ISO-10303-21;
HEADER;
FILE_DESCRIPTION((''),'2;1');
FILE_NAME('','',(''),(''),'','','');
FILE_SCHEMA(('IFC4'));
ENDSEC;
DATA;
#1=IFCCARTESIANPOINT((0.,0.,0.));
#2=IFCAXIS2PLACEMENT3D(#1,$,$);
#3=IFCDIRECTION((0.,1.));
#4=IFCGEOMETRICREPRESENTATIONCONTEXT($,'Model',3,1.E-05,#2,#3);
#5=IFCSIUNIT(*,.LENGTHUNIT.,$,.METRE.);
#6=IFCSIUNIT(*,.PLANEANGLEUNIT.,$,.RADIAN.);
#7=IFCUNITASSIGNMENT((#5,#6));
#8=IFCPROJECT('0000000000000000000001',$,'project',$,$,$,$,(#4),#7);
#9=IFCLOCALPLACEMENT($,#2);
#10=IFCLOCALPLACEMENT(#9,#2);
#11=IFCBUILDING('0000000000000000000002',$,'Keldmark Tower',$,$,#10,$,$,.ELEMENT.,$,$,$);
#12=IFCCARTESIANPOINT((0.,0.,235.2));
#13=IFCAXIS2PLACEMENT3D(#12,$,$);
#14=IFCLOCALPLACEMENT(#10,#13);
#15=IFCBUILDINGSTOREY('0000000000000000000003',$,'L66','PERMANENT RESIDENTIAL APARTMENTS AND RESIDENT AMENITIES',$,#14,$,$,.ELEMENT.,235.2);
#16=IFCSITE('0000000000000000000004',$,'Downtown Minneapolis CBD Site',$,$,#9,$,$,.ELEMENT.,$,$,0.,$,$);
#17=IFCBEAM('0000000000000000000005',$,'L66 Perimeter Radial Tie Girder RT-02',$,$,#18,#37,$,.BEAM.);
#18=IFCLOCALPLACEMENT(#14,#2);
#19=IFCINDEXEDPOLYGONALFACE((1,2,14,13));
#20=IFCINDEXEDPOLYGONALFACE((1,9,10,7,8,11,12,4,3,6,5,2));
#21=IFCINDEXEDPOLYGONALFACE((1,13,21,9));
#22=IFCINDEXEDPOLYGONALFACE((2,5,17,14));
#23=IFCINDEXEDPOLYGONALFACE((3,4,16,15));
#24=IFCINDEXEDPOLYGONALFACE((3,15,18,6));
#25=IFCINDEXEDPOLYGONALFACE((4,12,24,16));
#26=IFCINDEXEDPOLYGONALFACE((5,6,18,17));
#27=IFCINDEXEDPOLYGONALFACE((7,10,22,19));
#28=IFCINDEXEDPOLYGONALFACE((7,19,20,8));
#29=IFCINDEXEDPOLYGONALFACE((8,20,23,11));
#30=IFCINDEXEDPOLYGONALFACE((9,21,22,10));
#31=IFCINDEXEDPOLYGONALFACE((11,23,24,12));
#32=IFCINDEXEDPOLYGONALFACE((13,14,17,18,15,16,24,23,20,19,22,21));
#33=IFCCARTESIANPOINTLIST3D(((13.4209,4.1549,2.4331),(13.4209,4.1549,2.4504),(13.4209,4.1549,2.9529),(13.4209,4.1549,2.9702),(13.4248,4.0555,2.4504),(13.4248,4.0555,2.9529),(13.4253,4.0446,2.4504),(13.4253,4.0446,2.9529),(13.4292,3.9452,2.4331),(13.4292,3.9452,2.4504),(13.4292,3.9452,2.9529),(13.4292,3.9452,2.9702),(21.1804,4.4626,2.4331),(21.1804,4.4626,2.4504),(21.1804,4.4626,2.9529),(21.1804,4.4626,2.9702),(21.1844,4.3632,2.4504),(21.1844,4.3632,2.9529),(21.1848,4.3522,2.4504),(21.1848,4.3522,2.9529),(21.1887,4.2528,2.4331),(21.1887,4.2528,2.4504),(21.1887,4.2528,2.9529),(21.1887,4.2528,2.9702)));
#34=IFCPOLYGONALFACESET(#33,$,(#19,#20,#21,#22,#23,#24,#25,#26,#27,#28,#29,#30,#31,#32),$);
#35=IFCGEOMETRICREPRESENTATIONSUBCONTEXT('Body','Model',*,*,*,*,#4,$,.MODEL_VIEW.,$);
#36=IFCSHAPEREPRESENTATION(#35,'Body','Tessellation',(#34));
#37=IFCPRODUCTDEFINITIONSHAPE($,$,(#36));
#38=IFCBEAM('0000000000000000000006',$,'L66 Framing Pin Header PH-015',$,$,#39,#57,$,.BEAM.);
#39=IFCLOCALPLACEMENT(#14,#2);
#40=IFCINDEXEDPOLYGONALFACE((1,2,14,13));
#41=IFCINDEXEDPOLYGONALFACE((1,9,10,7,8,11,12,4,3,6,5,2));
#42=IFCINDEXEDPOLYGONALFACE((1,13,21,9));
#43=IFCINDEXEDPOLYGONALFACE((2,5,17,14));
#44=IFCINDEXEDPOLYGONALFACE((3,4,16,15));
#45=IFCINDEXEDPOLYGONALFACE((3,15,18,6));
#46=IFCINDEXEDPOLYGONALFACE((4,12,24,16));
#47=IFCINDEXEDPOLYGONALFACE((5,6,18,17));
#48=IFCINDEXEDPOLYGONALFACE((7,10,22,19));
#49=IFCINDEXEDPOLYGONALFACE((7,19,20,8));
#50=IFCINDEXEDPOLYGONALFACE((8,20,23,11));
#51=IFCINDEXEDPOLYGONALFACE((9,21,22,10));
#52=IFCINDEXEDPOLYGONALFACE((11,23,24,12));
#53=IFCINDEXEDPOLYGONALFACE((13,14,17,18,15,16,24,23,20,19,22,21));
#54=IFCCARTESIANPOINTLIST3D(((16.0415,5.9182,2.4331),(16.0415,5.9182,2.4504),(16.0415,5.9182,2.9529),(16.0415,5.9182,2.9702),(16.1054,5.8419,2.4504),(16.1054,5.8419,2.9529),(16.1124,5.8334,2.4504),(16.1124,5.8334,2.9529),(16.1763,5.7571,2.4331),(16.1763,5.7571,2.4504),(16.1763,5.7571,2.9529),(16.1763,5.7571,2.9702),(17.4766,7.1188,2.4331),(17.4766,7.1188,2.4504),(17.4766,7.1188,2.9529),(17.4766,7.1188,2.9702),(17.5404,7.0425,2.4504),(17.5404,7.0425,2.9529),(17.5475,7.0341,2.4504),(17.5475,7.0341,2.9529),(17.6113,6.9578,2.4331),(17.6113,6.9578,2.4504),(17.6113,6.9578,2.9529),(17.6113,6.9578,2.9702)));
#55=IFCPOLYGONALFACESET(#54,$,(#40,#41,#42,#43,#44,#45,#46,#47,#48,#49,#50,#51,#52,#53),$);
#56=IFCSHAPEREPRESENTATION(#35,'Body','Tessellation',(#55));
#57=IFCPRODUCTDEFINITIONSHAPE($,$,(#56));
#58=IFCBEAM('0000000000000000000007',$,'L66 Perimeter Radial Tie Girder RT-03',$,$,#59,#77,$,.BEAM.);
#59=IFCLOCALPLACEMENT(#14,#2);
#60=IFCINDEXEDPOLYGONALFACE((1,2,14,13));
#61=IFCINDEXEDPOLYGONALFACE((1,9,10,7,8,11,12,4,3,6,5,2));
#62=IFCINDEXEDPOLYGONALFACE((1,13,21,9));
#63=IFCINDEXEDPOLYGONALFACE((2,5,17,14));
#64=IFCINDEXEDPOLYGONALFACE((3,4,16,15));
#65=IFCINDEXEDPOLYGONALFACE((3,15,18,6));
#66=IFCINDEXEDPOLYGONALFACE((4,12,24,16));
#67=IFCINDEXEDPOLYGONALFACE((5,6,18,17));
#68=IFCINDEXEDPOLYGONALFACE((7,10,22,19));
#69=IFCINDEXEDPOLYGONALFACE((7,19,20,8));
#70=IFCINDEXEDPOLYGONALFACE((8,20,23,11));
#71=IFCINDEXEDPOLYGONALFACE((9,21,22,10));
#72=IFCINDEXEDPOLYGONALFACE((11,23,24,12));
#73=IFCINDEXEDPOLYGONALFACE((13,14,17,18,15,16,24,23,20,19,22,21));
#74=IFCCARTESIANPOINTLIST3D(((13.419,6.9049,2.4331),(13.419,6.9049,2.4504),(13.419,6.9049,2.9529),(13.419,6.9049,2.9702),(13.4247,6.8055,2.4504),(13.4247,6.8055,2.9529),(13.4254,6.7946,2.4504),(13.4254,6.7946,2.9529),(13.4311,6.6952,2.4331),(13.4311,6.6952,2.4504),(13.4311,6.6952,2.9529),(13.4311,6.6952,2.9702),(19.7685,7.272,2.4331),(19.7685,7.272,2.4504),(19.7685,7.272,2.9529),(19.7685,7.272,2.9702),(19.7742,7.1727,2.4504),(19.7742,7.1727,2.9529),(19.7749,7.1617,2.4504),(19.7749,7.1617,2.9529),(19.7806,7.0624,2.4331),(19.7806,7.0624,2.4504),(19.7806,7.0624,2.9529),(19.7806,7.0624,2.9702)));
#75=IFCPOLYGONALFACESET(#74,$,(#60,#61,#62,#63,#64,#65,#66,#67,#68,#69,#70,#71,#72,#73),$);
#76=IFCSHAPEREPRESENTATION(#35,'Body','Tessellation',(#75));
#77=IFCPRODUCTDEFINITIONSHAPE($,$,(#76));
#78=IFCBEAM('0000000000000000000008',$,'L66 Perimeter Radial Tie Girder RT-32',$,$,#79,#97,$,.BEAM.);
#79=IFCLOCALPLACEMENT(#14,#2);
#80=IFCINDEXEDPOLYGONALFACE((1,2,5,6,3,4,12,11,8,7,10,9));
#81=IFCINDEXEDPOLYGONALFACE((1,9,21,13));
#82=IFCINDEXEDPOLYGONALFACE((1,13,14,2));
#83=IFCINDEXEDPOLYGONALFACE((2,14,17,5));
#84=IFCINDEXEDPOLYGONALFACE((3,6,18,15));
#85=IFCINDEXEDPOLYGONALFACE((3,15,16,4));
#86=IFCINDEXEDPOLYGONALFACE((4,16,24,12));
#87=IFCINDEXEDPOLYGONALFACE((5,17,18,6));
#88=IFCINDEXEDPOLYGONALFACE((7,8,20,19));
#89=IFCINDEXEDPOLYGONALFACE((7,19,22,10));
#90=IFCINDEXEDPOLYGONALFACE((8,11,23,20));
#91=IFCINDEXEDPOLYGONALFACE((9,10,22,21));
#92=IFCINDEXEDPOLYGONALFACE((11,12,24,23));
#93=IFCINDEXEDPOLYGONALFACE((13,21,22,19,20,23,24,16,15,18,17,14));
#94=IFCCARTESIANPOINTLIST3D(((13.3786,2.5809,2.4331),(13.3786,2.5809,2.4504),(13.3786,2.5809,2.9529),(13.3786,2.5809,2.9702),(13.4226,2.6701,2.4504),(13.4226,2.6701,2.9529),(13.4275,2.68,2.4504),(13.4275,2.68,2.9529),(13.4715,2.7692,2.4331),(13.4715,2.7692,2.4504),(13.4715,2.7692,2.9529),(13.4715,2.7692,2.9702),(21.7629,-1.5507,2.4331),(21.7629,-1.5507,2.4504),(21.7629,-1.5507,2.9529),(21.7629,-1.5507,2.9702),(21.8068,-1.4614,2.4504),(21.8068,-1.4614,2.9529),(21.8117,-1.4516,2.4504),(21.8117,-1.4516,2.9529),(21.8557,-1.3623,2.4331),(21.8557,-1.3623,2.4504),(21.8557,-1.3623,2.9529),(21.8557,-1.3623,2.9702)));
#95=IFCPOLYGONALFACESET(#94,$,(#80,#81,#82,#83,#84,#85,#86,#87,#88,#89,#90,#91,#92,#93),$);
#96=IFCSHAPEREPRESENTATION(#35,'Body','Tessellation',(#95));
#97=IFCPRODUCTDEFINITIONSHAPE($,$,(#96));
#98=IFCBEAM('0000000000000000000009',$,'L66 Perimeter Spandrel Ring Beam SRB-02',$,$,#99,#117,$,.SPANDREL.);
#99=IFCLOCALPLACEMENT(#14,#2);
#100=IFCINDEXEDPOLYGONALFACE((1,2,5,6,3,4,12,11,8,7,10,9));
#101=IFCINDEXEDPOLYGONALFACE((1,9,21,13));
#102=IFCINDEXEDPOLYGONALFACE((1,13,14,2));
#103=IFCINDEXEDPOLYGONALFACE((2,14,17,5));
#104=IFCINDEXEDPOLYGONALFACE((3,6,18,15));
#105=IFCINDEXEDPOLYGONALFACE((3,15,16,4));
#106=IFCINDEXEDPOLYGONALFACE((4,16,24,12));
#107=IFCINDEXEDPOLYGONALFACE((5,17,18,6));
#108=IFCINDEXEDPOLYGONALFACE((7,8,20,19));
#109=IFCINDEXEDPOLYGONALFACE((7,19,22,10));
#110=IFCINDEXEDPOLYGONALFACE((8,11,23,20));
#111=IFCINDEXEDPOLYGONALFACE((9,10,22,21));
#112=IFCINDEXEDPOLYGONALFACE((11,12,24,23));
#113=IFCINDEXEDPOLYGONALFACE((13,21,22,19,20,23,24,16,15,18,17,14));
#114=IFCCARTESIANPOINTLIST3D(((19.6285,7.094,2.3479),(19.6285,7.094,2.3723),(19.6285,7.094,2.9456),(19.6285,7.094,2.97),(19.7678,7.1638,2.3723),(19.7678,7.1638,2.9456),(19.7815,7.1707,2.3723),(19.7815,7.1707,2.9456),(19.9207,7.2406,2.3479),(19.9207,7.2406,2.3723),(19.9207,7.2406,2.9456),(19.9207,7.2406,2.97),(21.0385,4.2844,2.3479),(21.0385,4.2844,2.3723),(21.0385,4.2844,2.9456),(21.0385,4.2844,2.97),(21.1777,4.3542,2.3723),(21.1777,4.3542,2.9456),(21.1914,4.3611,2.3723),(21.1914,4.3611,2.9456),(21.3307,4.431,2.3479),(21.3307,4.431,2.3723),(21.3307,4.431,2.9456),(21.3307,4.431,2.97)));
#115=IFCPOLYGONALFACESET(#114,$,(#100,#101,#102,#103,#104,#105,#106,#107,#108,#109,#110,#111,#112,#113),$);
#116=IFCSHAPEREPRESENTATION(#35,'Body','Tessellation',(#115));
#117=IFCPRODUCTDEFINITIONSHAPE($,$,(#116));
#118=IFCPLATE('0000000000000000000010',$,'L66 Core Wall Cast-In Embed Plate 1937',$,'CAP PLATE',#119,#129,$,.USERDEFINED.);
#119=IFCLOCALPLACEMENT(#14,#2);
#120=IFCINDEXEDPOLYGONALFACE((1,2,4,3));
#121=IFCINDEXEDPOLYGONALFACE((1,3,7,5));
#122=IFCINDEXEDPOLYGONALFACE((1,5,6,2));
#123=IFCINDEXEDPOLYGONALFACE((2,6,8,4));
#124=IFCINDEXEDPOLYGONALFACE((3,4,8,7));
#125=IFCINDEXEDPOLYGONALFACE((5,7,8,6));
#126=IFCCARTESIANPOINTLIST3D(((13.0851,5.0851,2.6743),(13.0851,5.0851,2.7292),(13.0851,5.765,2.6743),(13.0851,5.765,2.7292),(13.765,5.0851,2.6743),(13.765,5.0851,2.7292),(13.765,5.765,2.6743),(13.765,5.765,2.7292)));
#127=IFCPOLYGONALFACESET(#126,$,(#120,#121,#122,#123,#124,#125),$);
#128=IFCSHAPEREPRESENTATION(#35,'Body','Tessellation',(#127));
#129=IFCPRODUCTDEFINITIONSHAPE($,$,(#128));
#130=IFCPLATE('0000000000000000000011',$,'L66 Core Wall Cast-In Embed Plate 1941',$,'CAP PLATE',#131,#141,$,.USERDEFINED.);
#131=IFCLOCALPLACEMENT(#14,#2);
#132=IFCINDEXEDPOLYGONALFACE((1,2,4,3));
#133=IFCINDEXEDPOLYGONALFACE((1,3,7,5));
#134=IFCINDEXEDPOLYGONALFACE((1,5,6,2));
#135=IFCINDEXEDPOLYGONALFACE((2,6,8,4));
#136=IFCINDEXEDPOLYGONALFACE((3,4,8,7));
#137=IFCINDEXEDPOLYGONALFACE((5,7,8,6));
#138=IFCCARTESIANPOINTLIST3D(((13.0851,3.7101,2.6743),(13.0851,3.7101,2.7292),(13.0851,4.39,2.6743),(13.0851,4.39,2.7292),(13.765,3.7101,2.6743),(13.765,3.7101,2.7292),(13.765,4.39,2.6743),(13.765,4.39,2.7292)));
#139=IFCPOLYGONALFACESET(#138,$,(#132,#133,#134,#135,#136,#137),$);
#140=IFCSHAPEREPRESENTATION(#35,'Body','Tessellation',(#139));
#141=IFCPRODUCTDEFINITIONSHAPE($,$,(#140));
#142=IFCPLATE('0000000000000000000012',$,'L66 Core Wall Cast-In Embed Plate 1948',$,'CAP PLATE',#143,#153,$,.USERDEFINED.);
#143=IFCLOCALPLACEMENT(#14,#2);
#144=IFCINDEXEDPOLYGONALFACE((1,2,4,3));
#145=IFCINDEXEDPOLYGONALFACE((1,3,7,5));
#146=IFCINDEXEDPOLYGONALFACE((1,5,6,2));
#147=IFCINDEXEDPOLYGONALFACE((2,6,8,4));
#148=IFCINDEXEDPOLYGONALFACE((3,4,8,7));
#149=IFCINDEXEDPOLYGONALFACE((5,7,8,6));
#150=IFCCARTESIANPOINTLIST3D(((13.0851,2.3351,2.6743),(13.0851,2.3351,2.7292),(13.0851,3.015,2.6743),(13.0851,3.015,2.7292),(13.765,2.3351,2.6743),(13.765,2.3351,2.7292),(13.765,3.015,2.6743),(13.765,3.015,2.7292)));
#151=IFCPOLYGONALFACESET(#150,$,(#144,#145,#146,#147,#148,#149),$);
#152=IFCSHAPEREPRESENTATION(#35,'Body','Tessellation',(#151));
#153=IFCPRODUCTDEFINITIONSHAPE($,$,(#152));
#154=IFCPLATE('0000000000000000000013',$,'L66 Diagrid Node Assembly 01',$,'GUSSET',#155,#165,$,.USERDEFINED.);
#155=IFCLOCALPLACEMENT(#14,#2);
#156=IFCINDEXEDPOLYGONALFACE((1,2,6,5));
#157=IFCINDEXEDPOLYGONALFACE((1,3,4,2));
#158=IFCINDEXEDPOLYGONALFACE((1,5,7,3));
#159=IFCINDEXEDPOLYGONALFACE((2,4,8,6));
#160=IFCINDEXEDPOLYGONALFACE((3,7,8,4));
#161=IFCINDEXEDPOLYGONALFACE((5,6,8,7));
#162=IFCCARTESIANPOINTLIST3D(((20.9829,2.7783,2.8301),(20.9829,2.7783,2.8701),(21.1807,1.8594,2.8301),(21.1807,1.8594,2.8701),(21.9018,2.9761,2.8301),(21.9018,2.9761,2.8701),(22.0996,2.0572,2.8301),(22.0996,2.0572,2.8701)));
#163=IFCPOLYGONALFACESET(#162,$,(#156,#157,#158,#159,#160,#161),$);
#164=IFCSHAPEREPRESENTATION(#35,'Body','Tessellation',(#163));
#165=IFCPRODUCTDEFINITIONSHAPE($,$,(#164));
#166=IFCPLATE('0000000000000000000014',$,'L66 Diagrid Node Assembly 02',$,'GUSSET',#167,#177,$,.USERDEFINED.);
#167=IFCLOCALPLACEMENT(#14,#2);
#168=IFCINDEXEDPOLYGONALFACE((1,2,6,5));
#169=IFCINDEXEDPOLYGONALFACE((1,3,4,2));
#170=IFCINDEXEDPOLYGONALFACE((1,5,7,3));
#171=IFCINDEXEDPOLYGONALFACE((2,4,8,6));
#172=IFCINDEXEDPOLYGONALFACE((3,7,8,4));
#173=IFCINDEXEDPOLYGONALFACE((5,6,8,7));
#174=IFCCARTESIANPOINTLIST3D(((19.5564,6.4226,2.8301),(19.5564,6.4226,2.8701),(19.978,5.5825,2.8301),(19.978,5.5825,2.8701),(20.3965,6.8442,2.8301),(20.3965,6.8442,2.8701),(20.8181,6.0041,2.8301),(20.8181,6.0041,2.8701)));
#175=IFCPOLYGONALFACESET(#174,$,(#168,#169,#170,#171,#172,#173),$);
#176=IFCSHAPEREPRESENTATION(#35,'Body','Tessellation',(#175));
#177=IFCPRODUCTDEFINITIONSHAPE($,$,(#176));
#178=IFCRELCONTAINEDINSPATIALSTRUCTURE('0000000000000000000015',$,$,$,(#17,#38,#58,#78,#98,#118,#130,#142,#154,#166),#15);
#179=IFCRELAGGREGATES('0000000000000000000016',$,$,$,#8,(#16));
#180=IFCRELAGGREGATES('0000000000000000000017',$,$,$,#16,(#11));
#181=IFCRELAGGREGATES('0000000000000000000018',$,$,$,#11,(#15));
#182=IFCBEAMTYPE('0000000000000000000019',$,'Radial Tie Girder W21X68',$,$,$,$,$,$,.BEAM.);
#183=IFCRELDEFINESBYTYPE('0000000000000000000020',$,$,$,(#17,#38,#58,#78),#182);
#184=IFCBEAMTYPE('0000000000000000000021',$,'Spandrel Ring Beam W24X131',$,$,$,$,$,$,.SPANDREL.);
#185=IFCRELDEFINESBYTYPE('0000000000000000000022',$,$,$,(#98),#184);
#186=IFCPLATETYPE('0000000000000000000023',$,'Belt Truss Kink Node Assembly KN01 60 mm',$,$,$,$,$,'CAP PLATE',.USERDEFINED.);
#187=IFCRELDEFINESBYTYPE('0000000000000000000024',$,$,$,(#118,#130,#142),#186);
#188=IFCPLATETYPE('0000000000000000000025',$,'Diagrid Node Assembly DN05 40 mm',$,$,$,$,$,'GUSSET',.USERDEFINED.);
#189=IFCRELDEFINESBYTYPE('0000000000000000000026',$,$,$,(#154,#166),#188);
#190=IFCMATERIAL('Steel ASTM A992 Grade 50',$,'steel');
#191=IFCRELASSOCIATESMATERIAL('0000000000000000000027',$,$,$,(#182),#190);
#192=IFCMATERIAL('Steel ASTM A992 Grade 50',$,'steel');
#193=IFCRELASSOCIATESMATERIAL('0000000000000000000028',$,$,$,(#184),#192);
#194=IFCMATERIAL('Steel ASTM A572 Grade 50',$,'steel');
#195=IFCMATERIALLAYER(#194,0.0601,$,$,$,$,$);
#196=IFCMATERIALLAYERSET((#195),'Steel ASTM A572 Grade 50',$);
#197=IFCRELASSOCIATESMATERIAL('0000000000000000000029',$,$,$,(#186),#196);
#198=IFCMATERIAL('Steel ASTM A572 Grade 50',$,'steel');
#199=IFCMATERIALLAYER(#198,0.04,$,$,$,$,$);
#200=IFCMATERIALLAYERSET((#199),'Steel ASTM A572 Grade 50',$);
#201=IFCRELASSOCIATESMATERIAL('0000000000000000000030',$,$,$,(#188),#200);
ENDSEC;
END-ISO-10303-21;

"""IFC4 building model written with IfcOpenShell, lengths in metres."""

from ifc_helpers import new_model, si_unit, direction, frame, origin, origin_2d, place, context, subcontext, project, spatial, rectangle, i_section, extrude, material, layer, layer_set, material_profile, profile_set, type_object, element, save


model = new_model("IFC4")

# Units and contexts
model_context = context("Model", 3, precision=1e-05, world=origin(), true_north=direction((0.0, 1.0)))
body_context = subcontext(model_context, "Body", "Model", "MODEL_VIEW")
ifc_project = project(units=[si_unit("LENGTHUNIT", "METRE"), si_unit("PLANEANGLEUNIT", "RADIAN")], contexts=[model_context])

# Site, building, storey
site_placement = place(None, origin())
site = spatial("IfcSite", under=ifc_project, at=site_placement, Name="Downtown Minneapolis CBD Site", CompositionType="ELEMENT", RefElevation=0.0)
building_placement = place(site_placement, origin())
building = spatial("IfcBuilding", under=site, at=building_placement, Name="Keldmark Tower", CompositionType="ELEMENT")
storey_placement = place(building_placement, frame((0.0, 0.0, 235.2)))
storey = spatial("IfcBuildingStorey", under=building, at=storey_placement, Name="L66", Description="PERMANENT RESIDENTIAL APARTMENTS AND RESIDENT AMENITIES", CompositionType="ELEMENT", Elevation=235.2)

# Beams
ifc_material_1 = material(Name="Steel ASTM A992 Grade 50", Category="steel")
ifc_material_profile_1 = material_profile(ifc_material_1, i_section(OverallWidth=0.21, OverallDepth=0.5371, WebThickness=0.011, FlangeThickness=0.0173, at=origin_2d()), Name="W21X68")
ifc_profile_set_1 = profile_set([ifc_material_profile_1], Name="Steel ASTM A992 Grade 50")
beam_type_1 = type_object("IfcBeamType", Name="Radial Tie Girder W21X68", PredefinedType="BEAM", material=ifc_profile_set_1)
beam_1_placement = place(storey_placement, frame((13.425, 4.05, 2.7017), z_axis=(0.999215, 0.039613, 0.0), x_axis=(-0.039613, 0.999215, 0.0)))
element("IfcBeam", 1, at=beam_1_placement, inside=storey, type_object=beam_type_1, Name="L66 Perimeter Radial Tie Girder RT-02", PredefinedType="BEAM", context=body_context, shape_type="SweptSolid", body=[
    extrude(i_section(OverallWidth=0.21, OverallDepth=0.5371, WebThickness=0.011, FlangeThickness=0.0173, at=origin_2d()), origin(), (0.0, 0.0, 1.0), 7.7656),
])
beam_2_placement = place(storey_placement, frame((16.1089, 5.8376, 2.7017), z_axis=(0.766958, 0.641698, 0.0), x_axis=(-0.641698, 0.766958, 0.0)))
element("IfcBeam", 2, at=beam_2_placement, inside=storey, type_object=beam_type_1, Name="L66 Framing Pin Header PH-015", PredefinedType="BEAM", context=body_context, shape_type="SweptSolid", body=[
    extrude(i_section(OverallWidth=0.21, OverallDepth=0.5371, WebThickness=0.011, FlangeThickness=0.0173, at=origin_2d()), origin(), (0.0, 0.0, 1.0), 1.8711),
])
beam_3_placement = place(storey_placement, frame((13.425, 6.8, 2.7017), z_axis=(0.998332, 0.057732, 0.0), x_axis=(-0.057732, 0.998332, 0.0)))
element("IfcBeam", 3, at=beam_3_placement, inside=storey, type_object=beam_type_1, Name="L66 Perimeter Radial Tie Girder RT-03", PredefinedType="BEAM", context=body_context, shape_type="SweptSolid", body=[
    extrude(i_section(OverallWidth=0.21, OverallDepth=0.5371, WebThickness=0.011, FlangeThickness=0.0173, at=origin_2d()), origin(), (0.0, 0.0, 1.0), 6.3601),
])
beam_4_placement = place(storey_placement, frame((13.425, 2.675, 2.7017), z_axis=(0.897003, -0.442024, 0.0), x_axis=(0.442024, 0.897003, 0.0)))
element("IfcBeam", 4, at=beam_4_placement, inside=storey, type_object=beam_type_1, Name="L66 Perimeter Radial Tie Girder RT-32", PredefinedType="BEAM", context=body_context, shape_type="SweptSolid", body=[
    extrude(i_section(OverallWidth=0.21, OverallDepth=0.5371, WebThickness=0.011, FlangeThickness=0.0173, at=origin_2d()), origin(), (0.0, 0.0, 1.0), 9.3469),
])
ifc_material_2 = material(Name="Steel ASTM A992 Grade 50", Category="steel")
ifc_material_profile_2 = material_profile(ifc_material_2, i_section(OverallWidth=0.3269, OverallDepth=0.6221, WebThickness=0.0154, FlangeThickness=0.0244, at=origin_2d()), Name="W24X131")
ifc_profile_set_2 = profile_set([ifc_material_profile_2], Name="Steel ASTM A992 Grade 50")
beam_type_2 = type_object("IfcBeamType", Name="Spandrel Ring Beam W24X131", PredefinedType="SPANDREL", material=ifc_profile_set_2)
beam_5_placement = place(storey_placement, frame((21.1846, 4.3577, 2.6589), z_axis=(-0.448518, 0.893774, 0.0), x_axis=(-0.893774, -0.448518, 0.0)))
element("IfcBeam", 5, at=beam_5_placement, inside=storey, type_object=beam_type_2, Name="L66 Perimeter Spandrel Ring Beam SRB-02", PredefinedType="SPANDREL", context=body_context, shape_type="SweptSolid", body=[
    extrude(i_section(OverallWidth=0.3269, OverallDepth=0.6221, WebThickness=0.0154, FlangeThickness=0.0244, at=origin_2d()), origin(), (0.0, 0.0, 1.0), 3.1436),
])

# Plates
ifc_material_3 = material(Name="Steel ASTM A572 Grade 50", Category="steel")
ifc_layer_1 = layer(ifc_material_3, 0.0601)
ifc_layer_set_1 = layer_set([ifc_layer_1], Name="Steel ASTM A572 Grade 50")
plate_type_1 = type_object("IfcPlateType", Name="Belt Truss Kink Node Assembly KN01 60 mm", ElementType="CAP PLATE", PredefinedType="USERDEFINED", material=ifc_layer_set_1)
for number, where, z_axis, x_axis, name in (
    (6, (13.425, 5.425, 2.6743), (0.0, 0.0, 1.0), (1.0, 0.0, 0.0), "L66 Core Wall Cast-In Embed Plate 1937"),
    (7, (13.425, 4.05, 2.6743), (0.0, 0.0, 1.0), (1.0, 0.0, 0.0), "L66 Core Wall Cast-In Embed Plate 1941"),
    (8, (13.425, 2.675, 2.6743), (0.0, 0.0, 1.0), (1.0, 0.0, 0.0), "L66 Core Wall Cast-In Embed Plate 1948"),
):
    element("IfcPlate", number, at=place(storey_placement, frame(where, z_axis=z_axis, x_axis=x_axis)), inside=storey, type_object=plate_type_1, Name=name, ObjectType="CAP PLATE", PredefinedType="USERDEFINED", context=body_context, shape_type="SweptSolid", body=[
        extrude(rectangle(XDim=0.6799, YDim=0.6799, at=origin_2d()), origin(), (0.0, 0.0, 1.0), 0.0549),
    ])
ifc_material_4 = material(Name="Steel ASTM A572 Grade 50", Category="steel")
ifc_layer_2 = layer(ifc_material_4, 0.04)
ifc_layer_set_2 = layer_set([ifc_layer_2], Name="Steel ASTM A572 Grade 50")
plate_type_2 = type_object("IfcPlateType", Name="Diagrid Node Assembly DN05 40 mm", ElementType="GUSSET", PredefinedType="USERDEFINED", material=ifc_layer_set_2)
for number, where, z_axis, x_axis, name in (
    (9, (21.5413, 2.4177, 2.8301), (0.0, 0.0, 1.0), (-0.210472, 0.9776, 0.0), "L66 Diagrid Node Assembly 01"),
    (10, (20.1873, 6.2134, 2.8301), (0.0, 0.0, 1.0), (-0.448539, 0.893763, 0.0), "L66 Diagrid Node Assembly 02"),
):
    element("IfcPlate", number, at=place(storey_placement, frame(where, z_axis=z_axis, x_axis=x_axis)), inside=storey, type_object=plate_type_2, Name=name, ObjectType="GUSSET", PredefinedType="USERDEFINED", context=body_context, shape_type="SweptSolid", body=[
        extrude(rectangle(XDim=0.9399, YDim=0.9399, at=origin_2d()), origin(), (0.0, 0.0, 1.0), 0.04),
    ])

save(model, "model.ifc")
